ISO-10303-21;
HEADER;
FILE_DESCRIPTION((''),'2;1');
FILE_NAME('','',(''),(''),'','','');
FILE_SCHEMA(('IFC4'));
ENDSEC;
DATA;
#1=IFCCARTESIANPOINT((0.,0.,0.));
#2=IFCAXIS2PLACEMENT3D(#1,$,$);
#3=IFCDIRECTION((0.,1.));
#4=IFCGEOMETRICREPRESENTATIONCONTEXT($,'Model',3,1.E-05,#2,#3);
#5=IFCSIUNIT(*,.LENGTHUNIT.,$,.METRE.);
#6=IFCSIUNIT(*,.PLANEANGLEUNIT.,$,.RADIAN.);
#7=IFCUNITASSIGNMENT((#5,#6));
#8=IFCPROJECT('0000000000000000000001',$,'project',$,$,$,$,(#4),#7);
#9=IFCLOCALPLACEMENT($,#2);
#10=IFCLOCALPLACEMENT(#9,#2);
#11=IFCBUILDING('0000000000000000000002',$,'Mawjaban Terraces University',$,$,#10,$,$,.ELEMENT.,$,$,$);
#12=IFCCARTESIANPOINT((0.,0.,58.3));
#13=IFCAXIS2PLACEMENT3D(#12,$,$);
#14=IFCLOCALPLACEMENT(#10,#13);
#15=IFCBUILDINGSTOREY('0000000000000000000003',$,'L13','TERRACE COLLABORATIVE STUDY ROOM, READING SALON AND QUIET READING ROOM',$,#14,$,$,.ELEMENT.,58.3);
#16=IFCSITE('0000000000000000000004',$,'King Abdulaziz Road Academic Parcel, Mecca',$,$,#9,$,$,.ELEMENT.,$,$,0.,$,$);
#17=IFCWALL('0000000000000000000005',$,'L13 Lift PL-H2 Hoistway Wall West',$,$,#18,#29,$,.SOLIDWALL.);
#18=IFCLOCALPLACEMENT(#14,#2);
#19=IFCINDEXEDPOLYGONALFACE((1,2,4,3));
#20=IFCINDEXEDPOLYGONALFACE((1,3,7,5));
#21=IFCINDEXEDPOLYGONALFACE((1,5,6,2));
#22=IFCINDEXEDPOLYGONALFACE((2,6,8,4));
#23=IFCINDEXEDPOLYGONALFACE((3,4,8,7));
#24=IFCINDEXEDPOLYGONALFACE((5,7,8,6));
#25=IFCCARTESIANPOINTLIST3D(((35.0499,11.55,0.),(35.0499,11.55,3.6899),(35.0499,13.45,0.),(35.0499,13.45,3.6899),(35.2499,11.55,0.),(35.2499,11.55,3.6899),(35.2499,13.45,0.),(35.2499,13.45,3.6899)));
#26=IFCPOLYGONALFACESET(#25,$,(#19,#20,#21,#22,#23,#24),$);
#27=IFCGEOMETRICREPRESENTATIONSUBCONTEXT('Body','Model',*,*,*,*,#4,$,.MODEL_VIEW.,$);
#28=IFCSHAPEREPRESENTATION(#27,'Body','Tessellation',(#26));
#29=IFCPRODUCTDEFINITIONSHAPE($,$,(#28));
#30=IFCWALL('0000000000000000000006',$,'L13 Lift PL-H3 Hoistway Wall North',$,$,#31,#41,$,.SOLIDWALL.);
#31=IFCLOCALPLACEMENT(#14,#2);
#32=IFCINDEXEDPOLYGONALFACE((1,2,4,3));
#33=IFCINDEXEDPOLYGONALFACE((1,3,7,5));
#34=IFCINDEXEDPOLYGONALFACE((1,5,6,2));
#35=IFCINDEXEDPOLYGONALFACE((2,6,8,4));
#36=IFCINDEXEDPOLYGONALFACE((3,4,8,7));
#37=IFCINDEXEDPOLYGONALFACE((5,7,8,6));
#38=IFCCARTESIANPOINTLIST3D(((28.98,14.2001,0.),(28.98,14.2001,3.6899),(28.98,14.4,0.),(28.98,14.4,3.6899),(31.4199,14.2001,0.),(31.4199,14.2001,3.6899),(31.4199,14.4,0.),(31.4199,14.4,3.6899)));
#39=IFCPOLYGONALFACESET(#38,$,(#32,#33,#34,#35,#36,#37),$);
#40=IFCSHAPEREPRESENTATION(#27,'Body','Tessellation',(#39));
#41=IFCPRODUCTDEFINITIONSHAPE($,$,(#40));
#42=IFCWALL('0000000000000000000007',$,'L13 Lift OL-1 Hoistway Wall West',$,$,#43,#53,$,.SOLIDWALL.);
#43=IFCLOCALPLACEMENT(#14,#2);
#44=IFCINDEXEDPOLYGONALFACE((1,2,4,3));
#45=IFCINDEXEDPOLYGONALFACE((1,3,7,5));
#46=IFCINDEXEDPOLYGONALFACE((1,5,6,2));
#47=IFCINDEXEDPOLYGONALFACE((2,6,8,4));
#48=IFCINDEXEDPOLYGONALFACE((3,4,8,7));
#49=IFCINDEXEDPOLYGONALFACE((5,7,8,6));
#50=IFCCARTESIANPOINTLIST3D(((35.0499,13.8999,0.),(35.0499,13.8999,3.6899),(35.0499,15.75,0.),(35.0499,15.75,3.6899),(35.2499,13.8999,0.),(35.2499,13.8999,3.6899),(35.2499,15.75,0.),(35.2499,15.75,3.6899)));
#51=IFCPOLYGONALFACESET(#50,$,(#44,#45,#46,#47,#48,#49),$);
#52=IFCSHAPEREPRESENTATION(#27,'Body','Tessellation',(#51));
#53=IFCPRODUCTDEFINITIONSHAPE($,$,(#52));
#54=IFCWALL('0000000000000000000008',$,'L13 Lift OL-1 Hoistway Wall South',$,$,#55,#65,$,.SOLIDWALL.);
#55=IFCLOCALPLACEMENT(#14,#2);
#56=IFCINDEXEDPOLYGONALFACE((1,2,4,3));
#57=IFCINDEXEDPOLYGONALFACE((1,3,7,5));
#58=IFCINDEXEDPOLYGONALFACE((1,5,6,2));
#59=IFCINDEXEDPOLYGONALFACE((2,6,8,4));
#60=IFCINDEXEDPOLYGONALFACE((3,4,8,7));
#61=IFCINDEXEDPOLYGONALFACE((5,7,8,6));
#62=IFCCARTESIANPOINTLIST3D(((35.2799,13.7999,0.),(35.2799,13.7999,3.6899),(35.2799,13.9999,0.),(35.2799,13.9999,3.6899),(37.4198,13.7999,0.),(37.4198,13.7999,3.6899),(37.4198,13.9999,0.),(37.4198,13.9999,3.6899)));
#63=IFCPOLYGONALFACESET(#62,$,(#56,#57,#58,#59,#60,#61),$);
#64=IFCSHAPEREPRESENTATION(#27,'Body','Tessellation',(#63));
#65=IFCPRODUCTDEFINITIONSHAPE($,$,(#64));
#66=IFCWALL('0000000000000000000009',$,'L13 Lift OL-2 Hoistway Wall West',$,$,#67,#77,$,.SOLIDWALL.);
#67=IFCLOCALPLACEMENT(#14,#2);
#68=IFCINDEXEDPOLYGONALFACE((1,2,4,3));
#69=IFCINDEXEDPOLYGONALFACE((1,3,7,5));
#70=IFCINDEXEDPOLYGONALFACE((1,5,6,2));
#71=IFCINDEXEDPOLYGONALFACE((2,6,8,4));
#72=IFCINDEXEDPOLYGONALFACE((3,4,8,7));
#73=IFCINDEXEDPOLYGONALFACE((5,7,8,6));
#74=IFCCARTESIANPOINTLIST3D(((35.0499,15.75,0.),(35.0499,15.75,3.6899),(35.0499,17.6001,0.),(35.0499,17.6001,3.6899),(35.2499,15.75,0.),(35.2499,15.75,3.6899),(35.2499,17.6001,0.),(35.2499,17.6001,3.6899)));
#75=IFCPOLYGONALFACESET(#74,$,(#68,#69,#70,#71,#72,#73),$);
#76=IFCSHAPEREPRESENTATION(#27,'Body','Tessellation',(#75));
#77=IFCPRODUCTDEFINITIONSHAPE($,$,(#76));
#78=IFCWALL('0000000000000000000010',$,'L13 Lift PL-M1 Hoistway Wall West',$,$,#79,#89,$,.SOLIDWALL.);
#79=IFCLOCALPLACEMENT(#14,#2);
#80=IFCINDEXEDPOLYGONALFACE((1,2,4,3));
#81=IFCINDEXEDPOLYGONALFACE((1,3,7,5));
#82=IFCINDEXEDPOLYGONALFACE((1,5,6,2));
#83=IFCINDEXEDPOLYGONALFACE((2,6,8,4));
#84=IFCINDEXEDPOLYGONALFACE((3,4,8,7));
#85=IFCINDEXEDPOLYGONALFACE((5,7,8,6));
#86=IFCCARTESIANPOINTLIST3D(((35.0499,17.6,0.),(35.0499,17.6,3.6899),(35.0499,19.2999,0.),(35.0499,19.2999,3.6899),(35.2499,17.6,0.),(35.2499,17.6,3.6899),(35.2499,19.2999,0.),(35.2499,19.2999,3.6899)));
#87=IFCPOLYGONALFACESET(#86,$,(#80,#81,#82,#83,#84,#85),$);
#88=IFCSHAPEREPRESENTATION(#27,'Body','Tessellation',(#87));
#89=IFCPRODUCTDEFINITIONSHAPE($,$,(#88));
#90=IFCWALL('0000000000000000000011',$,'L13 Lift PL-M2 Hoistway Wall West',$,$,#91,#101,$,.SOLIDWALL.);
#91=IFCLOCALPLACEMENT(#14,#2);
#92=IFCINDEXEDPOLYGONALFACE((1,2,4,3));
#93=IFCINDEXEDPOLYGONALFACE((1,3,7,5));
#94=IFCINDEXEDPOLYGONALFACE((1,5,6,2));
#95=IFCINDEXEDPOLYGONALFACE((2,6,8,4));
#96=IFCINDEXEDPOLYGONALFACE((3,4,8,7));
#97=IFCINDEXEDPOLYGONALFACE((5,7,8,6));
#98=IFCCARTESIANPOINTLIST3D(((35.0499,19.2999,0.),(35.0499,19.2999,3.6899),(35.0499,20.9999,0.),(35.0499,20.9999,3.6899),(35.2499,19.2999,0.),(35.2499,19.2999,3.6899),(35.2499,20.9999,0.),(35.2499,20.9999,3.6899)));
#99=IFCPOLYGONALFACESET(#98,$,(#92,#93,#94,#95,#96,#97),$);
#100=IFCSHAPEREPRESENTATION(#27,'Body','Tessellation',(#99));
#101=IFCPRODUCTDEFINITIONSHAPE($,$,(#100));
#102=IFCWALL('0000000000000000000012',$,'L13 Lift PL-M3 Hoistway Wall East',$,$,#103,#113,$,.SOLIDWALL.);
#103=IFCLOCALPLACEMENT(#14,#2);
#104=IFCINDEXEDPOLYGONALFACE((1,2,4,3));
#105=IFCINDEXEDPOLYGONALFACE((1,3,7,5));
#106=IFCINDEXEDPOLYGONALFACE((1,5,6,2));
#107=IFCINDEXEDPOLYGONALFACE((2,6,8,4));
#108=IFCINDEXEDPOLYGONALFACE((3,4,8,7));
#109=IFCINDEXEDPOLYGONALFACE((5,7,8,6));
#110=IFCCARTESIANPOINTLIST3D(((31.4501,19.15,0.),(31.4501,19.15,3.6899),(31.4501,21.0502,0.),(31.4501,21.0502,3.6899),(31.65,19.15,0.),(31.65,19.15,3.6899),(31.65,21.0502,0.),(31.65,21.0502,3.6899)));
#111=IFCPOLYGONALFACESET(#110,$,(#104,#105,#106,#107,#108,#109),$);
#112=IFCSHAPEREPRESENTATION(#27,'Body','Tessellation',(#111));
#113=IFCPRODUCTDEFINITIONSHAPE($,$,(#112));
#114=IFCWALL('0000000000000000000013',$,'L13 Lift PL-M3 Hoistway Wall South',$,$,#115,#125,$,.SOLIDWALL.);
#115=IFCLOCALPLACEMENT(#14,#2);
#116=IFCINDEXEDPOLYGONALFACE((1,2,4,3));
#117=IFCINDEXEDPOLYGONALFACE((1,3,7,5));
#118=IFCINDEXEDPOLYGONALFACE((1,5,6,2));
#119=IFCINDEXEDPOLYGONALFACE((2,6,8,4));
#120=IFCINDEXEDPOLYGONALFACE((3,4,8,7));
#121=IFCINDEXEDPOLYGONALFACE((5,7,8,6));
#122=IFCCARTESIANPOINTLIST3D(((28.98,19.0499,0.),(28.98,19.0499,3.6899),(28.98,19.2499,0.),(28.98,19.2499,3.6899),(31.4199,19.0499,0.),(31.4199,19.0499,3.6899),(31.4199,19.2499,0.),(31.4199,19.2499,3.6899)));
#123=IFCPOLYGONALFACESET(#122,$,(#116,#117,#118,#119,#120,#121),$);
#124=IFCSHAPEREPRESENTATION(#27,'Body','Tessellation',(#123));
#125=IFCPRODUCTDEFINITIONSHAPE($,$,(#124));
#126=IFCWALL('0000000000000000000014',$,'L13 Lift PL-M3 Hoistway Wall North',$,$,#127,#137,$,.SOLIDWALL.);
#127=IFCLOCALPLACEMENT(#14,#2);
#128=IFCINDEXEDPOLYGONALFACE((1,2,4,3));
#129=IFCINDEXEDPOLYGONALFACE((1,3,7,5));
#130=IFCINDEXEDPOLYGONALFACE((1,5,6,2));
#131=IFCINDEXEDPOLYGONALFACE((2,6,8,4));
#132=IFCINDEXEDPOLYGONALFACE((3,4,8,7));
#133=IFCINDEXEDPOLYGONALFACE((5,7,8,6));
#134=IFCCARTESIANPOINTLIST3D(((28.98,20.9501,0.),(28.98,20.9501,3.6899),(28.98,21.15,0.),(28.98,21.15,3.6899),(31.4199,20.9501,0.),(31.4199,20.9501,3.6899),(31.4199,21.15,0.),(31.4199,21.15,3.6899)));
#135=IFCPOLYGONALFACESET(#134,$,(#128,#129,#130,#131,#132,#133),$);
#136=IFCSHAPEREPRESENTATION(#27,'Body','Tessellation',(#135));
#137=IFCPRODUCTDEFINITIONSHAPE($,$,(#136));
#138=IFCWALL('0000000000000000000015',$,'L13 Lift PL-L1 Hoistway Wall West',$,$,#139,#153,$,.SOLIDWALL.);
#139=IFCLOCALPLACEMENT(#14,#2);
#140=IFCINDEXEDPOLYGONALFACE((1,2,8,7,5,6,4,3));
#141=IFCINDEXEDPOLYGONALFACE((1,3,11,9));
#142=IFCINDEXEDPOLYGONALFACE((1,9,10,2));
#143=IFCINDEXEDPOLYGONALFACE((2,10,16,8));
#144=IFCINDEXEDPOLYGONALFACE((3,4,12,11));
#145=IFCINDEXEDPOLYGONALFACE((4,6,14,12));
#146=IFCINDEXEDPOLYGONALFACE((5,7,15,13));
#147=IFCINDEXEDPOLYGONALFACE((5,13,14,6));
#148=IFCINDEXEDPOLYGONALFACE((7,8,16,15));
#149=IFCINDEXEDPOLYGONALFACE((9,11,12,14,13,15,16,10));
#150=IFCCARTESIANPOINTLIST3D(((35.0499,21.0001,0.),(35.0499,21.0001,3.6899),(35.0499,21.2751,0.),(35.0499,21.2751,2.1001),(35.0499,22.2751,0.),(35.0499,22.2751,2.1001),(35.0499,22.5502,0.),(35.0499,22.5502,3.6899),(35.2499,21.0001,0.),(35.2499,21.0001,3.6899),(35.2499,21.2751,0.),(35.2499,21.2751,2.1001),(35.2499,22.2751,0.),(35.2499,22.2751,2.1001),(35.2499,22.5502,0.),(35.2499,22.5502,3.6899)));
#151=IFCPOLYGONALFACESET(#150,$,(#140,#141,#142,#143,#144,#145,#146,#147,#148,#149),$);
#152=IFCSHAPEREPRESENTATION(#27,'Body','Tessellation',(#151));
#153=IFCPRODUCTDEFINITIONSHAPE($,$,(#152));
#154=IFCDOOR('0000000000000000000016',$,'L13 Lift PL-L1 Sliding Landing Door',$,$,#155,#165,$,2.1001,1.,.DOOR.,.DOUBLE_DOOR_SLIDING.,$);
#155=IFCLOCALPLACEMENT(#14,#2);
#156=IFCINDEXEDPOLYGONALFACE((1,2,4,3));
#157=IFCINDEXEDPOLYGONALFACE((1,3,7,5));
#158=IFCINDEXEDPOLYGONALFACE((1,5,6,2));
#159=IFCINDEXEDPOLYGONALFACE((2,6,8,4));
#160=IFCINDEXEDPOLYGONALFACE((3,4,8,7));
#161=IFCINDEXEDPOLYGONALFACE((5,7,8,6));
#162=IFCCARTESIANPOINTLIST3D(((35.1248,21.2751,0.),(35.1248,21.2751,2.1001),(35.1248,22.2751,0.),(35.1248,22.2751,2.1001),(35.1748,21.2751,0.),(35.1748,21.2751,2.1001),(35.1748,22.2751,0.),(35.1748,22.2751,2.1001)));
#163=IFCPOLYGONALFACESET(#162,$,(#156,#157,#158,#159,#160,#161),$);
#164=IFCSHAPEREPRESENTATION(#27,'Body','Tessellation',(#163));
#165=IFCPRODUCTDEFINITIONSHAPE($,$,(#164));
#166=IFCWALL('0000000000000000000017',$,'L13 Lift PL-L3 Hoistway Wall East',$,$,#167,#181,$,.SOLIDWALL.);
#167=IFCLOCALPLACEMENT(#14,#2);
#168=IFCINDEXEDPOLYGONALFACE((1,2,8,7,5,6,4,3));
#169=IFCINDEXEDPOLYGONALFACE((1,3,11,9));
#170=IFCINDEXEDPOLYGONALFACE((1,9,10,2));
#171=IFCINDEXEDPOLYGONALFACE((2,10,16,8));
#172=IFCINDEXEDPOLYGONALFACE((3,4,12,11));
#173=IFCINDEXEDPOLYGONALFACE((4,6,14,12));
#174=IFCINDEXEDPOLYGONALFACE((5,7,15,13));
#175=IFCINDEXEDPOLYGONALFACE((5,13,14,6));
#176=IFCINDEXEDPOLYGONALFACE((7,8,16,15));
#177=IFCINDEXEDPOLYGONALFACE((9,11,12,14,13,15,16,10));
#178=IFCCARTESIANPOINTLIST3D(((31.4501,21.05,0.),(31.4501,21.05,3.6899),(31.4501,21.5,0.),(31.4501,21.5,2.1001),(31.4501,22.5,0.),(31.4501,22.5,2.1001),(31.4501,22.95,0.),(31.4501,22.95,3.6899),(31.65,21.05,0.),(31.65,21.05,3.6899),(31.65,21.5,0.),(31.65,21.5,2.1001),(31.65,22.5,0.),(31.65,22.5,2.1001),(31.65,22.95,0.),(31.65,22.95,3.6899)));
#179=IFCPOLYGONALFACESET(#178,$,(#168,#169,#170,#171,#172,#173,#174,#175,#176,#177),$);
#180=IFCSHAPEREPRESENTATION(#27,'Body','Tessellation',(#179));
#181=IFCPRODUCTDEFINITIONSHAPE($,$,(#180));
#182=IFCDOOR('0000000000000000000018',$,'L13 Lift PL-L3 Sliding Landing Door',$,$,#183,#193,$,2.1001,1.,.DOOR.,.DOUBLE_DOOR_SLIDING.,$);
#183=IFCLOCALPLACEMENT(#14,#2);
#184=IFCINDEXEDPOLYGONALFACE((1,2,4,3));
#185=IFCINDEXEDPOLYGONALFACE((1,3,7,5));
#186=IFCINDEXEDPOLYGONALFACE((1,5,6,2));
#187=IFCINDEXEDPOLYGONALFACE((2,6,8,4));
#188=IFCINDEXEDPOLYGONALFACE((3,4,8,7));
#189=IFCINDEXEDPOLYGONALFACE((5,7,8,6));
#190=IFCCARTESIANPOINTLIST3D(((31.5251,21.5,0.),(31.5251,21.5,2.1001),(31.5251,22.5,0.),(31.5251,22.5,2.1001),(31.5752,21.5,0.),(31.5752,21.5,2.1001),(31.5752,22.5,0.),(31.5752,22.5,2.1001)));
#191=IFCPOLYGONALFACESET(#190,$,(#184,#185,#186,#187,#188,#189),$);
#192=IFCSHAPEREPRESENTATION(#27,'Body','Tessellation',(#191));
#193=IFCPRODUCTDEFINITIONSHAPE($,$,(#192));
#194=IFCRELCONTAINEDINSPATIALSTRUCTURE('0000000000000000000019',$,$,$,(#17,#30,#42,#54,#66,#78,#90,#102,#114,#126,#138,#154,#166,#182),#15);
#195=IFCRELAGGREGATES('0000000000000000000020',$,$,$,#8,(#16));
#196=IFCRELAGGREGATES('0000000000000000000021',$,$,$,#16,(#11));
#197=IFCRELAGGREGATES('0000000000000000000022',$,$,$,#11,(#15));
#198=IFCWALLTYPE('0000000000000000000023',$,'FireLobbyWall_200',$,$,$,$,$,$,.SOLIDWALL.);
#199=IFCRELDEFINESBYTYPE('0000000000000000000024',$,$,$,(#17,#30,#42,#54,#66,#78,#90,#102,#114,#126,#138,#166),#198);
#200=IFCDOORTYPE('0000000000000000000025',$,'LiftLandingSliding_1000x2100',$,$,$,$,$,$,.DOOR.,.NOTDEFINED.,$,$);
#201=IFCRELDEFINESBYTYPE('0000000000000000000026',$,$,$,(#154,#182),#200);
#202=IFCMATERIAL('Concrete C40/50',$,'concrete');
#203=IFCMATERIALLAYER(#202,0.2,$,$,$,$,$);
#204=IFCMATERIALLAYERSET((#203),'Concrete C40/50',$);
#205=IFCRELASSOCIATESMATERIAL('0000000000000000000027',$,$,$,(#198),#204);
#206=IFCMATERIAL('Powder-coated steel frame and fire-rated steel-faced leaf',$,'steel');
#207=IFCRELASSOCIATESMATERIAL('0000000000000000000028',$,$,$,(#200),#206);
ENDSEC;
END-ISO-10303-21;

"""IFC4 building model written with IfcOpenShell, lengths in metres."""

from ifc_helpers import new_model, si_unit, direction, frame, frame_2d, origin, place, context, subcontext, project, spatial, rectangle, extrude, material, layer, layer_set, type_object, element, fill, save


model = new_model("IFC4")

# Units and contexts
model_context = context("Model", 3, precision=1e-05, world=origin(), true_north=direction((0.0, 1.0)))
body_context = subcontext(model_context, "Body", "Model", "MODEL_VIEW")
ifc_project = project(units=[si_unit("LENGTHUNIT", "METRE"), si_unit("PLANEANGLEUNIT", "RADIAN")], contexts=[model_context])

# Site, building, storey
site_placement = place(None, origin())
site = spatial("IfcSite", under=ifc_project, at=site_placement, Name="King Abdulaziz Road Academic Parcel, Mecca", CompositionType="ELEMENT", RefElevation=0.0)
building_placement = place(site_placement, origin())
building = spatial("IfcBuilding", under=site, at=building_placement, Name="Mawjaban Terraces University", CompositionType="ELEMENT")
storey_placement = place(building_placement, frame((0.0, 0.0, 58.3)))
storey = spatial("IfcBuildingStorey", under=building, at=storey_placement, Name="L13", Description="TERRACE COLLABORATIVE STUDY ROOM, READING SALON AND QUIET READING ROOM", CompositionType="ELEMENT", Elevation=58.3)

# Walls
ifc_material_1 = material(Name="Concrete C40/50", Category="concrete")
ifc_layer_1 = layer(ifc_material_1, 0.2)
ifc_layer_set_1 = layer_set([ifc_layer_1], Name="Concrete C40/50")
wall_type_1 = type_object("IfcWallType", Name="FireLobbyWall_200", PredefinedType="SOLIDWALL", material=ifc_layer_set_1)
wall_1_placement = place(storey_placement, frame((35.1499, 13.45, 0.0), z_axis=(0.0, 0.0, 1.0), x_axis=(0.0, -1.0, 0.0)))
element("IfcWall", 1, at=wall_1_placement, inside=storey, type_object=wall_type_1, Name="L13 Lift PL-H2 Hoistway Wall West", PredefinedType="SOLIDWALL", context=body_context, shape_type="SweptSolid", body=[
    extrude(rectangle(XDim=1.8999, YDim=0.2, at=frame_2d((0.95, 0.0))), origin(), (0.0, 0.0, 1.0), 3.6899),
])
wall_2_placement = place(storey_placement, frame((31.4199, 14.3, 0.0), z_axis=(0.0, 0.0, 1.0), x_axis=(-1.0, 0.0, 0.0)))
element("IfcWall", 2, at=wall_2_placement, inside=storey, type_object=wall_type_1, Name="L13 Lift PL-H3 Hoistway Wall North", PredefinedType="SOLIDWALL", context=body_context, shape_type="SweptSolid", body=[
    extrude(rectangle(XDim=2.4399, YDim=0.2, at=frame_2d((1.22, 0.0))), origin(), (0.0, 0.0, 1.0), 3.6899),
])
wall_3_placement = place(storey_placement, frame((35.1499, 15.75, 0.0), z_axis=(0.0, 0.0, 1.0), x_axis=(0.0, -1.0, 0.0)))
element("IfcWall", 3, at=wall_3_placement, inside=storey, type_object=wall_type_1, Name="L13 Lift OL-1 Hoistway Wall West", PredefinedType="SOLIDWALL", context=body_context, shape_type="SweptSolid", body=[
    extrude(rectangle(XDim=1.8501, YDim=0.2, at=frame_2d((0.925, 0.0))), origin(), (0.0, 0.0, 1.0), 3.6899),
])
wall_4_placement = place(storey_placement, frame((35.28, 13.8999, 0.0), z_axis=(0.0, 0.0, 1.0), x_axis=(1.0, 0.0, 0.0)))
element("IfcWall", 4, at=wall_4_placement, inside=storey, type_object=wall_type_1, Name="L13 Lift OL-1 Hoistway Wall South", PredefinedType="SOLIDWALL", context=body_context, shape_type="SweptSolid", body=[
    extrude(rectangle(XDim=2.1399, YDim=0.2, at=frame_2d((1.0698, 0.0))), origin(), (0.0, 0.0, 1.0), 3.6899),
])
wall_5_placement = place(storey_placement, frame((35.1499, 17.6001, 0.0), z_axis=(0.0, 0.0, 1.0), x_axis=(0.0, -1.0, 0.0)))
element("IfcWall", 5, at=wall_5_placement, inside=storey, type_object=wall_type_1, Name="L13 Lift OL-2 Hoistway Wall West", PredefinedType="SOLIDWALL", context=body_context, shape_type="SweptSolid", body=[
    extrude(rectangle(XDim=1.8501, YDim=0.2, at=frame_2d((0.925, 0.0))), origin(), (0.0, 0.0, 1.0), 3.6899),
])
for number, where, z_axis, x_axis, name in (
    (6, (35.1499, 19.3, 0.0), (0.0, 0.0, 1.0), (0.0, -1.0, 0.0), "L13 Lift PL-M1 Hoistway Wall West"),
    (7, (35.1499, 21.0, 0.0), (0.0, 0.0, 1.0), (0.0, -1.0, 0.0), "L13 Lift PL-M2 Hoistway Wall West"),
):
    element("IfcWall", number, at=place(storey_placement, frame(where, z_axis=z_axis, x_axis=x_axis)), inside=storey, type_object=wall_type_1, Name=name, PredefinedType="SOLIDWALL", context=body_context, shape_type="SweptSolid", body=[
        extrude(rectangle(XDim=1.7, YDim=0.2, at=frame_2d((0.8501, 0.0))), origin(), (0.0, 0.0, 1.0), 3.6899),
    ])
wall_6_placement = place(storey_placement, frame((31.55, 19.1499, 0.0), z_axis=(0.0, 0.0, 1.0), x_axis=(0.0, 1.0, 0.0)))
element("IfcWall", 8, at=wall_6_placement, inside=storey, type_object=wall_type_1, Name="L13 Lift PL-M3 Hoistway Wall East", PredefinedType="SOLIDWALL", context=body_context, shape_type="SweptSolid", body=[
    extrude(rectangle(XDim=1.9001, YDim=0.2, at=frame_2d((0.9502, 0.0))), origin(), (0.0, 0.0, 1.0), 3.6899),
])
for number, where, z_axis, x_axis, name in (
    (9, (28.98, 19.1499, 0.0), (0.0, 0.0, 1.0), (1.0, 0.0, 0.0), "L13 Lift PL-M3 Hoistway Wall South"),
    (10, (31.4199, 21.05, 0.0), (0.0, 0.0, 1.0), (-1.0, 0.0, 0.0), "L13 Lift PL-M3 Hoistway Wall North"),
):
    element("IfcWall", number, at=place(storey_placement, frame(where, z_axis=z_axis, x_axis=x_axis)), inside=storey, type_object=wall_type_1, Name=name, PredefinedType="SOLIDWALL", context=body_context, shape_type="SweptSolid", body=[
        extrude(rectangle(XDim=2.4399, YDim=0.2, at=frame_2d((1.22, 0.0))), origin(), (0.0, 0.0, 1.0), 3.6899),
    ])

# Walls, openings, doors
wall_7_placement = place(storey_placement, frame((35.1499, 22.55, 0.0), z_axis=(0.0, 0.0, 1.0), x_axis=(0.0, -1.0, 0.0)))
wall_7 = element("IfcWall", 11, at=wall_7_placement, inside=storey, type_object=wall_type_1, Name="L13 Lift PL-L1 Hoistway Wall West", PredefinedType="SOLIDWALL", context=body_context, shape_type="SweptSolid", body=[
    extrude(rectangle(XDim=1.55, YDim=0.2, at=frame_2d((0.7749, 0.0))), origin(), (0.0, 0.0, 1.0), 3.6899),
])
opening_1_placement = place(wall_7_placement, frame((0.2749, 0.0, 0.0)))
opening_1 = element("IfcOpeningElement", 12, at=opening_1_placement, cuts=wall_7, PredefinedType="OPENING", context=body_context, shape_type="SweptSolid", body=[
    extrude(rectangle(XDim=1.0, YDim=2.1001, at=frame_2d((0.5, 1.05))), frame((0.0, 0.1099, 0.0), z_axis=(0.0, -1.0, 0.0), x_axis=(1.0, 0.0, 0.0)), (0.0, 0.0, 1.0), 0.22),
])
ifc_material_2 = material(Name="Powder-coated steel frame and fire-rated steel-faced leaf", Category="steel")
door_type_1 = type_object("IfcDoorType", Name="LiftLandingSliding_1000x2100", OperationType="NOTDEFINED", PredefinedType="DOOR", material=ifc_material_2)
door_1_placement = place(opening_1_placement, origin())
door_1 = element("IfcDoor", 13, at=door_1_placement, inside=storey, type_object=door_type_1, Name="L13 Lift PL-L1 Sliding Landing Door", OperationType="DOUBLE_DOOR_SLIDING", OverallHeight=2.1001, OverallWidth=1.0, PredefinedType="DOOR", context=body_context, shape_type="SweptSolid", body=[
    extrude(rectangle(XDim=1.0, YDim=2.1001, at=frame_2d((0.5, 1.05))), frame((0.0, 0.0249, 0.0), z_axis=(0.0, -1.0, 0.0), x_axis=(1.0, 0.0, 0.0)), (0.0, 0.0, 1.0), 0.05),
])
fill(opening_1, door_1)
wall_8_placement = place(storey_placement, frame((31.55, 21.05, 0.0), z_axis=(0.0, 0.0, 1.0), x_axis=(0.0, 1.0, 0.0)))
wall_8 = element("IfcWall", 14, at=wall_8_placement, inside=storey, type_object=wall_type_1, Name="L13 Lift PL-L3 Hoistway Wall East", PredefinedType="SOLIDWALL", context=body_context, shape_type="SweptSolid", body=[
    extrude(rectangle(XDim=1.8999, YDim=0.2, at=frame_2d((0.95, 0.0))), origin(), (0.0, 0.0, 1.0), 3.6899),
])
opening_2_placement = place(wall_8_placement, frame((0.45, 0.0, 0.0)))
opening_2 = element("IfcOpeningElement", 15, at=opening_2_placement, cuts=wall_8, PredefinedType="OPENING", context=body_context, shape_type="SweptSolid", body=[
    extrude(rectangle(XDim=1.0, YDim=2.1001, at=frame_2d((0.5, 1.05))), frame((0.0, 0.1099, 0.0), z_axis=(0.0, -1.0, 0.0), x_axis=(1.0, 0.0, 0.0)), (0.0, 0.0, 1.0), 0.22),
])
door_2_placement = place(opening_2_placement, origin())
door_2 = element("IfcDoor", 16, at=door_2_placement, inside=storey, type_object=door_type_1, Name="L13 Lift PL-L3 Sliding Landing Door", OperationType="DOUBLE_DOOR_SLIDING", OverallHeight=2.1001, OverallWidth=1.0, PredefinedType="DOOR", context=body_context, shape_type="SweptSolid", body=[
    extrude(rectangle(XDim=1.0, YDim=2.1001, at=frame_2d((0.5, 1.05))), frame((0.0, 0.0249, 0.0), z_axis=(0.0, -1.0, 0.0), x_axis=(1.0, 0.0, 0.0)), (0.0, 0.0, 1.0), 0.05),
])
fill(opening_2, door_2)

save(model, "model.ifc")
